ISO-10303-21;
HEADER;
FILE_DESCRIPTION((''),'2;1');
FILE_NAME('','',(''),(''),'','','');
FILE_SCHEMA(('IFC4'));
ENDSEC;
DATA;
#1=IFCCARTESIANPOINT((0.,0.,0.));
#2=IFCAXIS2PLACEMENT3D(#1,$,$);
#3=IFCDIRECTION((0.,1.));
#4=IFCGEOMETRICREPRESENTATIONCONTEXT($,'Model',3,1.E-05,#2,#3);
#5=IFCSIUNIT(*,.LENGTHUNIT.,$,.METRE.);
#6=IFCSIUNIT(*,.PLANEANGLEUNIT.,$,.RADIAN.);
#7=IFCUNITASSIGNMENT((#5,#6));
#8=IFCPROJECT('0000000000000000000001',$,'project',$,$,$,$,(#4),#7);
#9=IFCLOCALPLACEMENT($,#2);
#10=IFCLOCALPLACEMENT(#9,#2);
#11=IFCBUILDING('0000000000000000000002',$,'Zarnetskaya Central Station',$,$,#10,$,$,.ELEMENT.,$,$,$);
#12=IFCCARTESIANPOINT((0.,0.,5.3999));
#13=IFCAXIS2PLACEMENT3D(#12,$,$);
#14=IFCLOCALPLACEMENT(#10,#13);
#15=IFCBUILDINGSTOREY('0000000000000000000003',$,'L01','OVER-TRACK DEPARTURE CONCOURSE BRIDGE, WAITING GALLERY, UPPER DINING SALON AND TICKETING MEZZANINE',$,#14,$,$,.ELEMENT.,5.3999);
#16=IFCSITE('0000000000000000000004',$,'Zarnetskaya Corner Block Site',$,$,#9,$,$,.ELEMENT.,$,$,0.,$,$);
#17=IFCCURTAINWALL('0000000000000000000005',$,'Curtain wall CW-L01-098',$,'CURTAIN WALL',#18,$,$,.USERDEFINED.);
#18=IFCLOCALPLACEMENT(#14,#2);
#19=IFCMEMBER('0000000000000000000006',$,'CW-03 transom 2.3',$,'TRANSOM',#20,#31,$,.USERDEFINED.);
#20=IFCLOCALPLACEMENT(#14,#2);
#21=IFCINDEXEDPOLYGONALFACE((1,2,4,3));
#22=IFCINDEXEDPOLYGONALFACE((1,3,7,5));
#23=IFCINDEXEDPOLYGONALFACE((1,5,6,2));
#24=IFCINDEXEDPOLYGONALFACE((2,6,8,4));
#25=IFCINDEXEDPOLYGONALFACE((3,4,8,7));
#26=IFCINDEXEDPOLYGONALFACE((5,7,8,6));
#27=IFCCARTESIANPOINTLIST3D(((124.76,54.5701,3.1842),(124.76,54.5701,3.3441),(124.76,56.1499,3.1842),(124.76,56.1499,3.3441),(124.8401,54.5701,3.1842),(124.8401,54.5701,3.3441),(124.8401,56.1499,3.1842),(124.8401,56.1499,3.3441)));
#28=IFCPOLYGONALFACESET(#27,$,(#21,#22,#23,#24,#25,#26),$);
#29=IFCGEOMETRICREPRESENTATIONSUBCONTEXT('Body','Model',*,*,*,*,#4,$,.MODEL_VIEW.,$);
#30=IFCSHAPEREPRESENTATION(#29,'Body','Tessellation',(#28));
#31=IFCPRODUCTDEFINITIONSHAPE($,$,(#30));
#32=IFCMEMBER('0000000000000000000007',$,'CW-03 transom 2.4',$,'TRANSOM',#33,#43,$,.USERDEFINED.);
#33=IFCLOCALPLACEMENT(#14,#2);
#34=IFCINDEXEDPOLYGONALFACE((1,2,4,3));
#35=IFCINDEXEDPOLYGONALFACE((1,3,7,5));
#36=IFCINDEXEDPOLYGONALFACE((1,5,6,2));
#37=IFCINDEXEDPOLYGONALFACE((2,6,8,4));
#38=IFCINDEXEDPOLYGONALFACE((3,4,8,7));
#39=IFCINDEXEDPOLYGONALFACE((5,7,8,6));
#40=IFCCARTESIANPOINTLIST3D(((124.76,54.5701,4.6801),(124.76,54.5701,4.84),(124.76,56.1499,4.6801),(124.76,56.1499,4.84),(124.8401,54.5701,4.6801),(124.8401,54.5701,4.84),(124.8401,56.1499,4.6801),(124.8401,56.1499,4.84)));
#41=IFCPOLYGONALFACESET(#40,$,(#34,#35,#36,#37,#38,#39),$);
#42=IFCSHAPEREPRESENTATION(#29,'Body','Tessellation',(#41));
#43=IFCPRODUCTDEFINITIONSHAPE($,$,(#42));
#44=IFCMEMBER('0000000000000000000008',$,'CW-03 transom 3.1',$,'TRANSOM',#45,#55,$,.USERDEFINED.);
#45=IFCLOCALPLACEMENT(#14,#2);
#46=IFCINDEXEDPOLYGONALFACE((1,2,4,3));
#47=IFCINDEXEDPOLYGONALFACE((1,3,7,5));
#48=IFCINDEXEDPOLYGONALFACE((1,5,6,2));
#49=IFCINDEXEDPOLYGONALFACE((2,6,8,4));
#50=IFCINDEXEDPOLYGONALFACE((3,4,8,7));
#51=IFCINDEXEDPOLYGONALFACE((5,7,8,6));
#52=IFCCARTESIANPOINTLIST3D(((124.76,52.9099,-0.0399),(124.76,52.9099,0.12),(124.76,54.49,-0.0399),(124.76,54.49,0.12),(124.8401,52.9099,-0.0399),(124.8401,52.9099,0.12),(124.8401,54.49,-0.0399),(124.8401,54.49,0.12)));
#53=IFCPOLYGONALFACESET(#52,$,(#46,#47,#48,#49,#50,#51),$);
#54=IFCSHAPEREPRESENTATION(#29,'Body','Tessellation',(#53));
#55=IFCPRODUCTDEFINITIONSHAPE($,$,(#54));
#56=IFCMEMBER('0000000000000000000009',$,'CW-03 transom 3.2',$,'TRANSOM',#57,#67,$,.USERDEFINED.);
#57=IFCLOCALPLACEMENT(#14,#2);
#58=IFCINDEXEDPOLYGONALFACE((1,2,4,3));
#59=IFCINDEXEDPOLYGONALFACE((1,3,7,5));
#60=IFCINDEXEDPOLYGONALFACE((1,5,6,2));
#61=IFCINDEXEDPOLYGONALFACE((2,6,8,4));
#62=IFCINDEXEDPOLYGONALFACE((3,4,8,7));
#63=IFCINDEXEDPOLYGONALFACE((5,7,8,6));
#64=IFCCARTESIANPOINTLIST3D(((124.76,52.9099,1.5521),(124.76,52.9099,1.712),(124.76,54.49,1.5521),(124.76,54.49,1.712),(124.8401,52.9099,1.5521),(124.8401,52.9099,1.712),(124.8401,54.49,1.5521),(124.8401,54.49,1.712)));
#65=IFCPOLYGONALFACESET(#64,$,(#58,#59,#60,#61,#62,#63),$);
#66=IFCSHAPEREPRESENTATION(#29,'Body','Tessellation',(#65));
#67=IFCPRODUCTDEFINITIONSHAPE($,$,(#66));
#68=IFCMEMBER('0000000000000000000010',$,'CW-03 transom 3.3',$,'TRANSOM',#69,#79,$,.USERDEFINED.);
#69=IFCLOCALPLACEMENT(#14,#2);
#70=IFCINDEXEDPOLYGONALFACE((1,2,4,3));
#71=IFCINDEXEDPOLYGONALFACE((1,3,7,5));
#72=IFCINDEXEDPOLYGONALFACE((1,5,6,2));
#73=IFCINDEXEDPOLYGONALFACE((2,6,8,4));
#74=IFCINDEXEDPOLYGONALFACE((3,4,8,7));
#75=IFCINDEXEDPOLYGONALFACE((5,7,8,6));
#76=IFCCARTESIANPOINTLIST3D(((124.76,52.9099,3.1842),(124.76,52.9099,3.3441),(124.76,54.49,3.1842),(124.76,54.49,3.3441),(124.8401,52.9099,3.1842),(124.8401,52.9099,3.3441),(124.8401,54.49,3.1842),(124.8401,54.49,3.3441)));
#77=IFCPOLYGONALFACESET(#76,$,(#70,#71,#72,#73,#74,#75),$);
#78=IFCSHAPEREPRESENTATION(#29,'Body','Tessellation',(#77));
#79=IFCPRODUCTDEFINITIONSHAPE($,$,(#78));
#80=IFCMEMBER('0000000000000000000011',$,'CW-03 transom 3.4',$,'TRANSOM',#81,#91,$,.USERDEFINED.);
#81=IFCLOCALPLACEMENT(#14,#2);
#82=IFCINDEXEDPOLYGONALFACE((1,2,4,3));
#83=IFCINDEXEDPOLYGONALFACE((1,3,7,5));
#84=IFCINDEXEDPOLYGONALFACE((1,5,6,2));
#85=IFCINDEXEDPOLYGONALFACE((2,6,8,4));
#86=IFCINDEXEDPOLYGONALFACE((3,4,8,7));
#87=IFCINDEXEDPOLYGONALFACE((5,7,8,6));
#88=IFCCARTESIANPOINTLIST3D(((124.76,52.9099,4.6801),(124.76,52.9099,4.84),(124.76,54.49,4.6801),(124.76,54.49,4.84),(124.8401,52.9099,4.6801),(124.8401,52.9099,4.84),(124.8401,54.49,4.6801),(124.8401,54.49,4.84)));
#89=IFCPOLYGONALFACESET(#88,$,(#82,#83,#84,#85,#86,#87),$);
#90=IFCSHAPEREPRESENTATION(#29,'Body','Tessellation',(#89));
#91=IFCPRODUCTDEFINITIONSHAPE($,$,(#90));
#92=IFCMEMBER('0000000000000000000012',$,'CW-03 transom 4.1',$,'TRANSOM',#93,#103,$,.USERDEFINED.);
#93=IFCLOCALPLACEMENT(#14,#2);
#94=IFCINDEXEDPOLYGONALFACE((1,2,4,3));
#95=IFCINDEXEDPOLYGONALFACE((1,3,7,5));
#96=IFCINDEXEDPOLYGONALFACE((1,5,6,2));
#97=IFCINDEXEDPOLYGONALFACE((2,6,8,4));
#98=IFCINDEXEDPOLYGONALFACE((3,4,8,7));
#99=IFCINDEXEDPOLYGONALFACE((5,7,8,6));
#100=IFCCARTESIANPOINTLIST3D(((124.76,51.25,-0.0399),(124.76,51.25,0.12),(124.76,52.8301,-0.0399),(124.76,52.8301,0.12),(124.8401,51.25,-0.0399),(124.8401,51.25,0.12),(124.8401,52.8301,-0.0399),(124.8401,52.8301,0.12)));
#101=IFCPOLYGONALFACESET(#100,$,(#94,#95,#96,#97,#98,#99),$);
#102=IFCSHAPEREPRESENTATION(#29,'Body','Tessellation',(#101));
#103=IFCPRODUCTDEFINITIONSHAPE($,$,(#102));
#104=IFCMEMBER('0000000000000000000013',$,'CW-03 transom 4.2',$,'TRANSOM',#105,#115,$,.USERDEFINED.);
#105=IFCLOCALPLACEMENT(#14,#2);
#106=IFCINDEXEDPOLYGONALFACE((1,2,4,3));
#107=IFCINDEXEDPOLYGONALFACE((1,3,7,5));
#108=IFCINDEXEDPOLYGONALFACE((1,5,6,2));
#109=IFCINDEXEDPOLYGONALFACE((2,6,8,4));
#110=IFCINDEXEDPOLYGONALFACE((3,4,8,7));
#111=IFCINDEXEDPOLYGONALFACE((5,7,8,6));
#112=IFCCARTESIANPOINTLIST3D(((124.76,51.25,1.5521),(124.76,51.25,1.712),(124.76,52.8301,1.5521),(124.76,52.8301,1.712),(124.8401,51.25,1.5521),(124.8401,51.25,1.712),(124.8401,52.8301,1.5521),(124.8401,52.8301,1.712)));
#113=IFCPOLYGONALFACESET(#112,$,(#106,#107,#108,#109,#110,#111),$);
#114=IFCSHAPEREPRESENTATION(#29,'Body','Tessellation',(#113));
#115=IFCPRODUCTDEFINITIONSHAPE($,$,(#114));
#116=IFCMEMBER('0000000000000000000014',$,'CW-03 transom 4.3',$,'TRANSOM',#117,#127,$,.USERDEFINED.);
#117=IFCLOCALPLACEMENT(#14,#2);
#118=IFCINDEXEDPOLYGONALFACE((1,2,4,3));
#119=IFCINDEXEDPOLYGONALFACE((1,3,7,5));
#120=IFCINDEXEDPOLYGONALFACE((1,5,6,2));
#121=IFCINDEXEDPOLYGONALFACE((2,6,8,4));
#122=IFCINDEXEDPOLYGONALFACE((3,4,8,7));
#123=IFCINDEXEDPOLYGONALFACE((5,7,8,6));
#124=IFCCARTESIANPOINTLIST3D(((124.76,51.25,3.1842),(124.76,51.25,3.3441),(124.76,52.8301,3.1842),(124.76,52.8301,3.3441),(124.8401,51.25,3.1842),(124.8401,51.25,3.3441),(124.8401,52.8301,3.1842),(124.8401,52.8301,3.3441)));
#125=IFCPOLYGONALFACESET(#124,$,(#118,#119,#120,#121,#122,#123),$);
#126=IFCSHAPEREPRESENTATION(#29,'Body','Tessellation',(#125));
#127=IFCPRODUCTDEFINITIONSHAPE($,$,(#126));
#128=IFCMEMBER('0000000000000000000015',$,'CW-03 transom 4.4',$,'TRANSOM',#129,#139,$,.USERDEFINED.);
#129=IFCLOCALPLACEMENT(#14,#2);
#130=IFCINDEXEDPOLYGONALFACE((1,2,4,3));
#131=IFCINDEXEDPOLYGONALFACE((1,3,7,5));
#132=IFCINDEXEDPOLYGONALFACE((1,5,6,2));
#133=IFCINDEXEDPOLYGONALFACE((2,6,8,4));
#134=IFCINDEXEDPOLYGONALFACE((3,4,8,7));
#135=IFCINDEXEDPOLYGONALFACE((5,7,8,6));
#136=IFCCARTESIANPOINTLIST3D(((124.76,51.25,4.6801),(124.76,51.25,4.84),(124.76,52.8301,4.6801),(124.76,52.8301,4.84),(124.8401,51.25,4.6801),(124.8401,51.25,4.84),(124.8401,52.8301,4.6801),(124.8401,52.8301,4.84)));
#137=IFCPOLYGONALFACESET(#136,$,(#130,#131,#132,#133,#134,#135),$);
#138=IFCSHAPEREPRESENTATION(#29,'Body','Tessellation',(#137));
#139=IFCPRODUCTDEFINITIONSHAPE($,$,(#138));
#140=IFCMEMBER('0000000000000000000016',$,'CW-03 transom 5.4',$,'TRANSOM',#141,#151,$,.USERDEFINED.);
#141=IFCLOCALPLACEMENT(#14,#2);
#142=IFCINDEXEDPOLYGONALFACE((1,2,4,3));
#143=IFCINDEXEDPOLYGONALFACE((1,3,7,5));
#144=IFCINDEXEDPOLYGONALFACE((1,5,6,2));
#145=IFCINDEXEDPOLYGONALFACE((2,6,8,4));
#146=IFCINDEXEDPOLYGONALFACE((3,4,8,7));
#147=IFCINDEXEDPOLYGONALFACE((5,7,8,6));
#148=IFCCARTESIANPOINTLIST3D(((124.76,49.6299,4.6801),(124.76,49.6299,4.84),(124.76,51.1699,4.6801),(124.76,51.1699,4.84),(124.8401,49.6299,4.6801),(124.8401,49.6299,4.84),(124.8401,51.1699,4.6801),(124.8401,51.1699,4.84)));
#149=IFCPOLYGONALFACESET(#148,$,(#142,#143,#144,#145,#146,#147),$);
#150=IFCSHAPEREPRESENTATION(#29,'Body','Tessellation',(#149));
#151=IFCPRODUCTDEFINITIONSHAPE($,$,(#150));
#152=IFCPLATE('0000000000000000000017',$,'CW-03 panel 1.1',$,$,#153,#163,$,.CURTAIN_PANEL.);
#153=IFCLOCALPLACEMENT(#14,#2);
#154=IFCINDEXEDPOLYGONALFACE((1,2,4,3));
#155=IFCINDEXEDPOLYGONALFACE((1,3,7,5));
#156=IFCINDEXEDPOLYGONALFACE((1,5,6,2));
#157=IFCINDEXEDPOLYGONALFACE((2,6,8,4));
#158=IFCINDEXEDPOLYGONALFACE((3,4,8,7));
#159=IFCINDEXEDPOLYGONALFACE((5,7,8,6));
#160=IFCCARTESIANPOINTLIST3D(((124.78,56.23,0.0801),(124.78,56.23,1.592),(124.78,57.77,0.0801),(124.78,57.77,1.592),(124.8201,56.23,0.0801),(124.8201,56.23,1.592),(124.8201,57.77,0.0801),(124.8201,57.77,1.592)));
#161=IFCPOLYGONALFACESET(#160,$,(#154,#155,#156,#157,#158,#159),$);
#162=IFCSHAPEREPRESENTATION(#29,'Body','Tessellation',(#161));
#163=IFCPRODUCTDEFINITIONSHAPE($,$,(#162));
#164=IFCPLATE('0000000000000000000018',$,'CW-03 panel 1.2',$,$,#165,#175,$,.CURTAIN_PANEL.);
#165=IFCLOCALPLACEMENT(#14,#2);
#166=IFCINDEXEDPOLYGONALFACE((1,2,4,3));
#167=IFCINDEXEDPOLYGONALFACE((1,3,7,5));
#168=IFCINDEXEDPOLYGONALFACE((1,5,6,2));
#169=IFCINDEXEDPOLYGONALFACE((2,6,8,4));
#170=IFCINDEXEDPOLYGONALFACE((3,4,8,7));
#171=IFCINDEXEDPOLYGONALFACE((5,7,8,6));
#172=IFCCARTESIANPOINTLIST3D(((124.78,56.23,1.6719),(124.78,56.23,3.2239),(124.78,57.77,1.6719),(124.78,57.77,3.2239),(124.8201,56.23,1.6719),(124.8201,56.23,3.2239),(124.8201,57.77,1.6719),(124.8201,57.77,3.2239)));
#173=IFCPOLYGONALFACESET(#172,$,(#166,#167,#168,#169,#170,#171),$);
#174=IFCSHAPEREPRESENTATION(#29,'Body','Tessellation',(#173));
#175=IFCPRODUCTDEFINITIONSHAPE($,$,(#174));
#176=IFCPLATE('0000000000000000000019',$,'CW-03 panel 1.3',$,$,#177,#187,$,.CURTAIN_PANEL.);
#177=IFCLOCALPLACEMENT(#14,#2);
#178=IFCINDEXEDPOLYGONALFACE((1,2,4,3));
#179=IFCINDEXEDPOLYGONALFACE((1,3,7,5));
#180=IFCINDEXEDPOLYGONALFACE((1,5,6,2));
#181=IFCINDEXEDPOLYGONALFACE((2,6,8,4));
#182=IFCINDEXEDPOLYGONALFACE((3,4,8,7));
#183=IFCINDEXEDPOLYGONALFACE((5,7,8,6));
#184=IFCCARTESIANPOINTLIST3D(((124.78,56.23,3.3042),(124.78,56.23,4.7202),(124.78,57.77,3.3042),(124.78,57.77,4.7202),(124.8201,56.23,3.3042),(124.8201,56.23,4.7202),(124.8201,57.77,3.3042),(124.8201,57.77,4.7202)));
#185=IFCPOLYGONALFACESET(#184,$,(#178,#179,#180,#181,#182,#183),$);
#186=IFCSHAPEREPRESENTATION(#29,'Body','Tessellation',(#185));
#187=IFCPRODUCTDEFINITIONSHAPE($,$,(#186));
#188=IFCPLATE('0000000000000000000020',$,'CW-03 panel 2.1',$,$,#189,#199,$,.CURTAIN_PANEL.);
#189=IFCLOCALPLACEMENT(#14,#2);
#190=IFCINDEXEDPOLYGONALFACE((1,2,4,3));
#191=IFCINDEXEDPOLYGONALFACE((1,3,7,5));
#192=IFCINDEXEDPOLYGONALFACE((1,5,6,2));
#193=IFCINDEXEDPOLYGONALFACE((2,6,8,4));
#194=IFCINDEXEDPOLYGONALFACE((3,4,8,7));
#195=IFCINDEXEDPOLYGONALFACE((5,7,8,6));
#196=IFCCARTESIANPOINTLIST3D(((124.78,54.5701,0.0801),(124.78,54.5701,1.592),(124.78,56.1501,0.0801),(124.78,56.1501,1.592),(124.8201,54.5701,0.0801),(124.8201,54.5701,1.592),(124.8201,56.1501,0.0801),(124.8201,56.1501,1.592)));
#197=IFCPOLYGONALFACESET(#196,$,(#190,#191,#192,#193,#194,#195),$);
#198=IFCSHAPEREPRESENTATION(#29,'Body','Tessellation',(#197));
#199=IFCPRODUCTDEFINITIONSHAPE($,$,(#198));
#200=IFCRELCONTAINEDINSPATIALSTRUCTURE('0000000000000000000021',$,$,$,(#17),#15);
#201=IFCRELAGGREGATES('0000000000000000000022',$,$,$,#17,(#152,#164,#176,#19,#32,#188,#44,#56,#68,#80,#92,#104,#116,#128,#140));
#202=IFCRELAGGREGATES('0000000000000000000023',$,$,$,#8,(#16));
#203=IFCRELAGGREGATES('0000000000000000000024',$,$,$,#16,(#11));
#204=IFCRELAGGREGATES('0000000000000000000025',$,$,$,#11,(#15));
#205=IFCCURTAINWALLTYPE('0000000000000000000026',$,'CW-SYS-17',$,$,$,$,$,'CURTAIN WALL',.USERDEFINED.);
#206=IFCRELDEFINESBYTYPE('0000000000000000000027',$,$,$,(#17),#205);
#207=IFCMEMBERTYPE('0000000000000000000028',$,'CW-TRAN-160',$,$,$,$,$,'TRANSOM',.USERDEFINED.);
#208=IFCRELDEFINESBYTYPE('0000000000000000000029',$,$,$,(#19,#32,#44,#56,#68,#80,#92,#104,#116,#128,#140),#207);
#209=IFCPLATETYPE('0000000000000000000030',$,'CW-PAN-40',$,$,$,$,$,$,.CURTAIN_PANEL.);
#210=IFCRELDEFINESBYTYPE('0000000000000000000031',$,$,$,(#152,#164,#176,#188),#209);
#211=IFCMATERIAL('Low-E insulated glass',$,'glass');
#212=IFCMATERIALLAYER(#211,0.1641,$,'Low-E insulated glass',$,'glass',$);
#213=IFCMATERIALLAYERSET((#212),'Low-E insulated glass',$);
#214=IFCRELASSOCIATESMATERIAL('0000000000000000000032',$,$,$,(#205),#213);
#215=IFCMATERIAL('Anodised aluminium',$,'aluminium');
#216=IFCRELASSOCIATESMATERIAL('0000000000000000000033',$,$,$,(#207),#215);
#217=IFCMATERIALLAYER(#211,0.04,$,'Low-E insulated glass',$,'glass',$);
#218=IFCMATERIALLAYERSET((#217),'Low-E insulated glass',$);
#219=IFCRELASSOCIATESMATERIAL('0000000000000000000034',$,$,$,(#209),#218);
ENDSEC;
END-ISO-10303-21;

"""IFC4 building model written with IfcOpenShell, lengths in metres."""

from ifc_helpers import new_model, si_unit, direction, frame, origin, origin_2d, place, context, subcontext, project, spatial, rectangle, extrude, material, layer, layer_set, material_profile, profile_set, type_object, element, aggregate, save


model = new_model("IFC4")

# Units and contexts
model_context = context("Model", 3, precision=1e-05, world=origin(), true_north=direction((0.0, 1.0)))
body_context = subcontext(model_context, "Body", "Model", "MODEL_VIEW")
ifc_project = project(units=[si_unit("LENGTHUNIT", "METRE"), si_unit("PLANEANGLEUNIT", "RADIAN")], contexts=[model_context])

# Site, building, storey
site_placement = place(None, origin())
site = spatial("IfcSite", under=ifc_project, at=site_placement, Name="Zarnetskaya Corner Block Site", CompositionType="ELEMENT", RefElevation=0.0)
building_placement = place(site_placement, origin())
building = spatial("IfcBuilding", under=site, at=building_placement, Name="Zarnetskaya Central Station", CompositionType="ELEMENT")
storey_placement = place(building_placement, frame((0.0, 0.0, 5.3999)))
storey = spatial("IfcBuildingStorey", under=building, at=storey_placement, Name="L01", Description="OVER-TRACK DEPARTURE CONCOURSE BRIDGE, WAITING GALLERY, UPPER DINING SALON AND TICKETING MEZZANINE", CompositionType="ELEMENT", Elevation=5.3999)

# Curtain wall, members, plates
ifc_material_1 = material(Name="Low-E insulated glass", Category="glass")
ifc_layer_1 = layer(ifc_material_1, 0.1641, Name="Low-E insulated glass", Category="glass")
ifc_layer_set_1 = layer_set([ifc_layer_1], Name="Low-E insulated glass")
curtain_wall_type = type_object("IfcCurtainWallType", Name="CW-SYS-17", ElementType="CURTAIN WALL", PredefinedType="USERDEFINED", material=ifc_layer_set_1)
curtain_wall_placement = place(storey_placement, origin())
curtain_wall = element("IfcCurtainWall", 1, at=curtain_wall_placement, inside=storey, type_object=curtain_wall_type, Name="Curtain wall CW-L01-098", ObjectType="CURTAIN WALL", PredefinedType="USERDEFINED")
ifc_material_2 = material(Name="Anodised aluminium", Category="aluminium")
ifc_material_profile_1 = material_profile(ifc_material_2, rectangle(XDim=0.0801, YDim=0.1599, at=origin_2d()), Name="ALU TRAN 80x160")
ifc_profile_set_1 = profile_set([ifc_material_profile_1], Name="Anodised aluminium")
member_type_1 = type_object("IfcMemberType", Name="CW-TRAN-160", ElementType="TRANSOM", PredefinedType="USERDEFINED", material=ifc_profile_set_1)
member_1_placement = place(storey_placement, frame((124.8, 56.1499, 3.2642), z_axis=(0.0, -1.0, 0.0), x_axis=(1.0, 0.0, 0.0)))
member_1 = element("IfcMember", 2, at=member_1_placement, type_object=member_type_1, Name="CW-03 transom 2.3", ObjectType="TRANSOM", PredefinedType="USERDEFINED", context=body_context, shape_type="SweptSolid", body=[
    extrude(rectangle(XDim=0.0801, YDim=0.1599, at=origin_2d()), origin(), (0.0, 0.0, 1.0), 1.5798),
])
member_2_placement = place(storey_placement, frame((124.8, 56.1499, 4.76), z_axis=(0.0, -1.0, 0.0), x_axis=(1.0, 0.0, 0.0)))
member_2 = element("IfcMember", 3, at=member_2_placement, type_object=member_type_1, Name="CW-03 transom 2.4", ObjectType="TRANSOM", PredefinedType="USERDEFINED", context=body_context, shape_type="SweptSolid", body=[
    extrude(rectangle(XDim=0.0801, YDim=0.1599, at=origin_2d()), origin(), (0.0, 0.0, 1.0), 1.5798),
])
member_3_placement = place(storey_placement, frame((124.8, 54.49, 0.04), z_axis=(0.0, -1.0, 0.0), x_axis=(1.0, 0.0, 0.0)))
member_3 = element("IfcMember", 4, at=member_3_placement, type_object=member_type_1, Name="CW-03 transom 3.1", ObjectType="TRANSOM", PredefinedType="USERDEFINED", context=body_context, shape_type="SweptSolid", body=[
    extrude(rectangle(XDim=0.0801, YDim=0.1599, at=origin_2d()), origin(), (0.0, 0.0, 1.0), 1.5801),
])
member_4_placement = place(storey_placement, frame((124.8, 54.49, 1.6321), z_axis=(0.0, -1.0, 0.0), x_axis=(1.0, 0.0, 0.0)))
member_4 = element("IfcMember", 5, at=member_4_placement, type_object=member_type_1, Name="CW-03 transom 3.2", ObjectType="TRANSOM", PredefinedType="USERDEFINED", context=body_context, shape_type="SweptSolid", body=[
    extrude(rectangle(XDim=0.0801, YDim=0.1599, at=origin_2d()), origin(), (0.0, 0.0, 1.0), 1.5801),
])
member_5_placement = place(storey_placement, frame((124.8, 54.49, 3.2642), z_axis=(0.0, -1.0, 0.0), x_axis=(1.0, 0.0, 0.0)))
member_5 = element("IfcMember", 6, at=member_5_placement, type_object=member_type_1, Name="CW-03 transom 3.3", ObjectType="TRANSOM", PredefinedType="USERDEFINED", context=body_context, shape_type="SweptSolid", body=[
    extrude(rectangle(XDim=0.0801, YDim=0.1599, at=origin_2d()), origin(), (0.0, 0.0, 1.0), 1.5801),
])
member_6_placement = place(storey_placement, frame((124.8, 54.49, 4.76), z_axis=(0.0, -1.0, 0.0), x_axis=(1.0, 0.0, 0.0)))
member_6 = element("IfcMember", 7, at=member_6_placement, type_object=member_type_1, Name="CW-03 transom 3.4", ObjectType="TRANSOM", PredefinedType="USERDEFINED", context=body_context, shape_type="SweptSolid", body=[
    extrude(rectangle(XDim=0.0801, YDim=0.1599, at=origin_2d()), origin(), (0.0, 0.0, 1.0), 1.5801),
])
member_7_placement = place(storey_placement, frame((124.8, 52.8301, 0.04), z_axis=(0.0, -1.0, 0.0), x_axis=(1.0, 0.0, 0.0)))
member_7 = element("IfcMember", 8, at=member_7_placement, type_object=member_type_1, Name="CW-03 transom 4.1", ObjectType="TRANSOM", PredefinedType="USERDEFINED", context=body_context, shape_type="SweptSolid", body=[
    extrude(rectangle(XDim=0.0801, YDim=0.1599, at=origin_2d()), origin(), (0.0, 0.0, 1.0), 1.5801),
])
member_8_placement = place(storey_placement, frame((124.8, 52.8301, 1.6321), z_axis=(0.0, -1.0, 0.0), x_axis=(1.0, 0.0, 0.0)))
member_8 = element("IfcMember", 9, at=member_8_placement, type_object=member_type_1, Name="CW-03 transom 4.2", ObjectType="TRANSOM", PredefinedType="USERDEFINED", context=body_context, shape_type="SweptSolid", body=[
    extrude(rectangle(XDim=0.0801, YDim=0.1599, at=origin_2d()), origin(), (0.0, 0.0, 1.0), 1.5801),
])
member_9_placement = place(storey_placement, frame((124.8, 52.8301, 3.2642), z_axis=(0.0, -1.0, 0.0), x_axis=(1.0, 0.0, 0.0)))
member_9 = element("IfcMember", 10, at=member_9_placement, type_object=member_type_1, Name="CW-03 transom 4.3", ObjectType="TRANSOM", PredefinedType="USERDEFINED", context=body_context, shape_type="SweptSolid", body=[
    extrude(rectangle(XDim=0.0801, YDim=0.1599, at=origin_2d()), origin(), (0.0, 0.0, 1.0), 1.5801),
])
member_10_placement = place(storey_placement, frame((124.8, 52.8301, 4.76), z_axis=(0.0, -1.0, 0.0), x_axis=(1.0, 0.0, 0.0)))
member_10 = element("IfcMember", 11, at=member_10_placement, type_object=member_type_1, Name="CW-03 transom 4.4", ObjectType="TRANSOM", PredefinedType="USERDEFINED", context=body_context, shape_type="SweptSolid", body=[
    extrude(rectangle(XDim=0.0801, YDim=0.1599, at=origin_2d()), origin(), (0.0, 0.0, 1.0), 1.5801),
])
member_11_placement = place(storey_placement, frame((124.8, 51.1699, 4.76), z_axis=(0.0, -1.0, 0.0), x_axis=(1.0, 0.0, 0.0)))
member_11 = element("IfcMember", 12, at=member_11_placement, type_object=member_type_1, Name="CW-03 transom 5.4", ObjectType="TRANSOM", PredefinedType="USERDEFINED", context=body_context, shape_type="SweptSolid", body=[
    extrude(rectangle(XDim=0.0801, YDim=0.1599, at=origin_2d()), origin(), (0.0, 0.0, 1.0), 1.54),
])
ifc_layer_2 = layer(ifc_material_1, 0.04, Name="Low-E insulated glass", Category="glass")
ifc_layer_set_2 = layer_set([ifc_layer_2], Name="Low-E insulated glass")
plate_type = type_object("IfcPlateType", Name="CW-PAN-40", PredefinedType="CURTAIN_PANEL", material=ifc_layer_set_2)
plate_1_placement = place(storey_placement, frame((124.8, 57.0, 0.0801), z_axis=(0.0, 0.0, 1.0), x_axis=(0.0, -1.0, 0.0)))
plate_1 = element("IfcPlate", 13, at=plate_1_placement, type_object=plate_type, Name="CW-03 panel 1.1", PredefinedType="CURTAIN_PANEL", context=body_context, shape_type="SweptSolid", body=[
    extrude(rectangle(XDim=1.54, YDim=0.04, at=origin_2d()), origin(), (0.0, 0.0, 1.0), 1.512),
])
plate_2_placement = place(storey_placement, frame((124.8, 57.0, 1.6719), z_axis=(0.0, 0.0, 1.0), x_axis=(0.0, -1.0, 0.0)))
plate_2 = element("IfcPlate", 14, at=plate_2_placement, type_object=plate_type, Name="CW-03 panel 1.2", PredefinedType="CURTAIN_PANEL", context=body_context, shape_type="SweptSolid", body=[
    extrude(rectangle(XDim=1.54, YDim=0.04, at=origin_2d()), origin(), (0.0, 0.0, 1.0), 1.552),
])
plate_3_placement = place(storey_placement, frame((124.8, 57.0, 3.3042), z_axis=(0.0, 0.0, 1.0), x_axis=(0.0, -1.0, 0.0)))
plate_3 = element("IfcPlate", 15, at=plate_3_placement, type_object=plate_type, Name="CW-03 panel 1.3", PredefinedType="CURTAIN_PANEL", context=body_context, shape_type="SweptSolid", body=[
    extrude(rectangle(XDim=1.54, YDim=0.04, at=origin_2d()), origin(), (0.0, 0.0, 1.0), 1.416),
])
plate_4_placement = place(storey_placement, frame((124.8, 55.3601, 0.0801), z_axis=(0.0, 0.0, 1.0), x_axis=(0.0, -1.0, 0.0)))
plate_4 = element("IfcPlate", 16, at=plate_4_placement, type_object=plate_type, Name="CW-03 panel 2.1", PredefinedType="CURTAIN_PANEL", context=body_context, shape_type="SweptSolid", body=[
    extrude(rectangle(XDim=1.5801, YDim=0.04, at=origin_2d()), origin(), (0.0, 0.0, 1.0), 1.512),
])
aggregate(curtain_wall, [plate_1, plate_2, plate_3, member_1, member_2, plate_4, member_3, member_4, member_5, member_6, member_7, member_8, member_9, member_10, member_11])

save(model, "model.ifc")
